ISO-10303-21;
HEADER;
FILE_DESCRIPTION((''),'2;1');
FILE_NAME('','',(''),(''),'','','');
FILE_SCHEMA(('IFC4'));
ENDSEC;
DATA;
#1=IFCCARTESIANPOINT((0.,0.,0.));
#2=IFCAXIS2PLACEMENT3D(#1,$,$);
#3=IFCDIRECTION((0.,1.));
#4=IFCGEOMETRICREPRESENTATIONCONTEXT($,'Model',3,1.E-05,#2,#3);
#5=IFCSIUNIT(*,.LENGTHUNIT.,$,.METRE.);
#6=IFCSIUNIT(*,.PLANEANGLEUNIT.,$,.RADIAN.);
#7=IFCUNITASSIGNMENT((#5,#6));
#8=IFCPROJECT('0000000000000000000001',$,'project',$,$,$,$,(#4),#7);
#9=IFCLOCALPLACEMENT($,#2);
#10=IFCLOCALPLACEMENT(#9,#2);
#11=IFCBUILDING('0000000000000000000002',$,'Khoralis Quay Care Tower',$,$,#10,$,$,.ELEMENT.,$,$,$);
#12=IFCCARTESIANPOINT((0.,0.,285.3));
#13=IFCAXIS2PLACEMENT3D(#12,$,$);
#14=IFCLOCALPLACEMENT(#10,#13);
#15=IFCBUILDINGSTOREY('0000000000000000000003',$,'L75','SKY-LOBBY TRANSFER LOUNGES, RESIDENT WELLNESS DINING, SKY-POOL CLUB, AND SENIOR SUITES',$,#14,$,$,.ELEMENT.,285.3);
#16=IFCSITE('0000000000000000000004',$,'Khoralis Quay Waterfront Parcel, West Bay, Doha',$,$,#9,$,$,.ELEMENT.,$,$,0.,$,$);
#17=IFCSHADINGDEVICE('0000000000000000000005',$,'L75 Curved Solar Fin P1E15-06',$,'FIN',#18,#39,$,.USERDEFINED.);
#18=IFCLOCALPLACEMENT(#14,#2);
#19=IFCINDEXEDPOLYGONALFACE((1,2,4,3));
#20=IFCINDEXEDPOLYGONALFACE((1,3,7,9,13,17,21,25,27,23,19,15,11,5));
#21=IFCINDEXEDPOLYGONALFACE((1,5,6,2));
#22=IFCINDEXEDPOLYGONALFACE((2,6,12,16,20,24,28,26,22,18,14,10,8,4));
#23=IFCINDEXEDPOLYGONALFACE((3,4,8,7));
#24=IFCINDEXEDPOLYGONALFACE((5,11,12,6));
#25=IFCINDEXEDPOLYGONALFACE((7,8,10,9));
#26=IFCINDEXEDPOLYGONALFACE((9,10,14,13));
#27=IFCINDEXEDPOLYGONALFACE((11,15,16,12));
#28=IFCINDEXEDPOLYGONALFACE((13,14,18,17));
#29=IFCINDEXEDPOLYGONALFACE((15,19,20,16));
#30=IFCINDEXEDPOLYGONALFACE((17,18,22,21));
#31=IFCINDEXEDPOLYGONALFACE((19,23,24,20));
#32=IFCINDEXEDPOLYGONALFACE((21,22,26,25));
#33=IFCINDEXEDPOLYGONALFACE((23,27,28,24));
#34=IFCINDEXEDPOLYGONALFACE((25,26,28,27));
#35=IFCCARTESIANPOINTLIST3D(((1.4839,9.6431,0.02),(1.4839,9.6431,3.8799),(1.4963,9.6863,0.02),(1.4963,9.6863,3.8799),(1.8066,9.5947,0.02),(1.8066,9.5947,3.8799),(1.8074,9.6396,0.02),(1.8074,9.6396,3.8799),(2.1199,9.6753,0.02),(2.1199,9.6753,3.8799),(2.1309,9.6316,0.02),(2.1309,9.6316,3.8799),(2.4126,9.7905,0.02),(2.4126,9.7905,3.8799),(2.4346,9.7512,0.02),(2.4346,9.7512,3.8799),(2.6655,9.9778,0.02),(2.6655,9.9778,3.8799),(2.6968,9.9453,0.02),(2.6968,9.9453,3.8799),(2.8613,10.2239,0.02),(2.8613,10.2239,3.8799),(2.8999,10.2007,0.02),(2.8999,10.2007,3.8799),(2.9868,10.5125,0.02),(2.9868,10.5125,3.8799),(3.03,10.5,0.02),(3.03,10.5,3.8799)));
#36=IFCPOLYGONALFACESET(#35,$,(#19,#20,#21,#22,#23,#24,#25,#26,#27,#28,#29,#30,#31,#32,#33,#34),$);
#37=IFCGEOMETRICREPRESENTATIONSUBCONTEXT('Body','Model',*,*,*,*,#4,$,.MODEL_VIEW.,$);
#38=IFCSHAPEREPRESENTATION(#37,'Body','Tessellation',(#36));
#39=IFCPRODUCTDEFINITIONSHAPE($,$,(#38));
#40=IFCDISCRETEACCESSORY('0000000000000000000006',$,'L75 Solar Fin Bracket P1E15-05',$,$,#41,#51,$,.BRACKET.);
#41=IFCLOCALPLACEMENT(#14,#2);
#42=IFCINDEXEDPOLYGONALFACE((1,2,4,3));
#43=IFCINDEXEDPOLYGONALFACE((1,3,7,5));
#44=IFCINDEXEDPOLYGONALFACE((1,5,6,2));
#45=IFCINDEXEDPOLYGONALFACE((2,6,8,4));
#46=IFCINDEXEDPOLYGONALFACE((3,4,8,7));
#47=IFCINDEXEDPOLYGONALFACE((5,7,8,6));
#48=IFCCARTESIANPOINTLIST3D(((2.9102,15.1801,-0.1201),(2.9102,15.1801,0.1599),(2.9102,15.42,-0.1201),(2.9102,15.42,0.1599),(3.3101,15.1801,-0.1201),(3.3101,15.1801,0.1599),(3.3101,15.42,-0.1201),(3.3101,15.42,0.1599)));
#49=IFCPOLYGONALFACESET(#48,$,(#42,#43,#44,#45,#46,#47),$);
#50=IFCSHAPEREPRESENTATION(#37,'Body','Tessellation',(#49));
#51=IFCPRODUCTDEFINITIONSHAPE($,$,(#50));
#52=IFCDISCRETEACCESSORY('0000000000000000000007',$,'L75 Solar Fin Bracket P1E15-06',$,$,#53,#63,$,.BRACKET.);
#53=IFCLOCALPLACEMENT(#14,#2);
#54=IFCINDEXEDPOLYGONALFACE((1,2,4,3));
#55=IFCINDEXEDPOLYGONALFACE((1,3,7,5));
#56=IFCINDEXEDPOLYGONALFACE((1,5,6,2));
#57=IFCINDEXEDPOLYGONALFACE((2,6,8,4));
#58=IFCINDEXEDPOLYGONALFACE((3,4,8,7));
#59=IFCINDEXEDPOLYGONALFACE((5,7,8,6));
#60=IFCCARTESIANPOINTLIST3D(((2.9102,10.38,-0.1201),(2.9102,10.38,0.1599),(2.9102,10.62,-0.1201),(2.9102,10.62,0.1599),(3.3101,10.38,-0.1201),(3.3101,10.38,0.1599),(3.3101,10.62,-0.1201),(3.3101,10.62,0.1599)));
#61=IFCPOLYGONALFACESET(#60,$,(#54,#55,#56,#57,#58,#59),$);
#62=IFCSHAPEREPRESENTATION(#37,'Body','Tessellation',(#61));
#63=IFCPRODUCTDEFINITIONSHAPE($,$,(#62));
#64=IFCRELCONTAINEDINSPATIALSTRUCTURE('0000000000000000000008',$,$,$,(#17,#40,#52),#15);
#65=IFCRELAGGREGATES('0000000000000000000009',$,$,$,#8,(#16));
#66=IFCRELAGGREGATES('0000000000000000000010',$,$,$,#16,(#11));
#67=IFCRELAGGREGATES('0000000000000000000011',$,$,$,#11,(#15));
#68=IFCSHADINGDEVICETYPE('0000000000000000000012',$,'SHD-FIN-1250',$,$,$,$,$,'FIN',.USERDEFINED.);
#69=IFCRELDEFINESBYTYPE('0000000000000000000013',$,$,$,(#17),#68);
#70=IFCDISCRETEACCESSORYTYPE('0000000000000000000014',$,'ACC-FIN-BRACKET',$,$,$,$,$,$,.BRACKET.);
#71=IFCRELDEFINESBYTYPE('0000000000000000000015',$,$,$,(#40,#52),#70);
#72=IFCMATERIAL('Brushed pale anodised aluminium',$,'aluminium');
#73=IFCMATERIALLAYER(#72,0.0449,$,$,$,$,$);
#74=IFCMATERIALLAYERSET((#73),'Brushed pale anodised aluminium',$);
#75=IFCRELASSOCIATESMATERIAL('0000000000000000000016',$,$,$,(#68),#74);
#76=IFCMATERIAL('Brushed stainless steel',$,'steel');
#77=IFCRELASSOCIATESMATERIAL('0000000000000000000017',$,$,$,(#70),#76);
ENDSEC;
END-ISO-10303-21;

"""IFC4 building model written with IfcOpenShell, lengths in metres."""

from ifc_helpers import new_model, si_unit, direction, frame, origin, origin_2d, place, context, subcontext, project, spatial, polyline, rectangle, outline, extrude, source, transform, mapped, material, layer, layer_set, type_object, element, save


model = new_model("IFC4")

# Units and contexts
model_context = context("Model", 3, precision=1e-05, world=origin(), true_north=direction((0.0, 1.0)))
body_context = subcontext(model_context, "Body", "Model", "MODEL_VIEW")
ifc_project = project(units=[si_unit("LENGTHUNIT", "METRE"), si_unit("PLANEANGLEUNIT", "RADIAN")], contexts=[model_context])

# Site, building, storey
site_placement = place(None, origin())
site = spatial("IfcSite", under=ifc_project, at=site_placement, Name="Khoralis Quay Waterfront Parcel, West Bay, Doha", CompositionType="ELEMENT", RefElevation=0.0)
building_placement = place(site_placement, origin())
building = spatial("IfcBuilding", under=site, at=building_placement, Name="Khoralis Quay Care Tower", CompositionType="ELEMENT")
storey_placement = place(building_placement, frame((0.0, 0.0, 285.3)))
storey = spatial("IfcBuildingStorey", under=building, at=storey_placement, Name="L75", Description="SKY-LOBBY TRANSFER LOUNGES, RESIDENT WELLNESS DINING, SKY-POOL CLUB, AND SENIOR SUITES", CompositionType="ELEMENT", Elevation=285.3)

# Shading device
ifc_material_1 = material(Name="Brushed pale anodised aluminium", Category="aluminium")
ifc_layer_1 = layer(ifc_material_1, 0.0449)
ifc_layer_set_1 = layer_set([ifc_layer_1], Name="Brushed pale anodised aluminium")
shading_device_type = type_object("IfcShadingDeviceType", Name="SHD-FIN-1250", ElementType="FIN", PredefinedType="USERDEFINED", material=ifc_layer_set_1)
shared_shape_1 = source(origin(), body_context, "Body", "SweptSolid", [
    extrude(outline(polyline([(0.0, 0.0), (0.1301, 0.2993), (0.3333, 0.5547), (0.5955, 0.7488), (0.8992, 0.8684), (1.2234, 0.9053), (1.5461, 0.8569), (1.5337, 0.8137), (1.2227, 0.8604), (0.9102, 0.8247), (0.6174, 0.7095), (0.3645, 0.5222), (0.1687, 0.2761), (0.0432, -0.0125), (0.0, 0.0)])), origin(), (0.0, 0.0, 1.0), 3.8599),
])
for number, where, z_axis, x_axis, name in (
    (1, (3.03, 10.5, 0.02), (0.0, 0.0, 1.0), (-1.0, 0.0, 0.0), "L75 Curved Solar Fin P1E15-06"),
):
    element("IfcShadingDevice", number, at=place(storey_placement, frame(where, z_axis=z_axis, x_axis=x_axis)), inside=storey, type_object=shading_device_type, Name=name, ObjectType="FIN", PredefinedType="USERDEFINED", context=body_context, shape_type="MappedRepresentation", body=[
        mapped(shared_shape_1, transform((0.0, 0.0, 0.0), scale=1.0)),
    ])

# Discrete accessories
ifc_material_2 = material(Name="Brushed stainless steel", Category="steel")
discrete_accessory_type = type_object("IfcDiscreteAccessoryType", Name="ACC-FIN-BRACKET", PredefinedType="BRACKET", material=ifc_material_2)
shared_shape_2 = source(origin(), body_context, "Body", "SweptSolid", [
    extrude(rectangle(XDim=0.3999, YDim=0.24, at=origin_2d()), origin(), (0.0, 0.0, 1.0), 0.28),
])
for number, where, z_axis, x_axis, name in (
    (2, (3.1101, 15.3, -0.1201), (0.0, 0.0, 1.0), (-1.0, 0.0, 0.0), "L75 Solar Fin Bracket P1E15-05"),
    (3, (3.1101, 10.5, -0.1201), (0.0, 0.0, 1.0), (-1.0, 0.0, 0.0), "L75 Solar Fin Bracket P1E15-06"),
):
    element("IfcDiscreteAccessory", number, at=place(storey_placement, frame(where, z_axis=z_axis, x_axis=x_axis)), inside=storey, type_object=discrete_accessory_type, Name=name, PredefinedType="BRACKET", context=body_context, shape_type="MappedRepresentation", body=[
        mapped(shared_shape_2, transform((0.0, 0.0, 0.0), scale=1.0)),
    ])

save(model, "model.ifc")
